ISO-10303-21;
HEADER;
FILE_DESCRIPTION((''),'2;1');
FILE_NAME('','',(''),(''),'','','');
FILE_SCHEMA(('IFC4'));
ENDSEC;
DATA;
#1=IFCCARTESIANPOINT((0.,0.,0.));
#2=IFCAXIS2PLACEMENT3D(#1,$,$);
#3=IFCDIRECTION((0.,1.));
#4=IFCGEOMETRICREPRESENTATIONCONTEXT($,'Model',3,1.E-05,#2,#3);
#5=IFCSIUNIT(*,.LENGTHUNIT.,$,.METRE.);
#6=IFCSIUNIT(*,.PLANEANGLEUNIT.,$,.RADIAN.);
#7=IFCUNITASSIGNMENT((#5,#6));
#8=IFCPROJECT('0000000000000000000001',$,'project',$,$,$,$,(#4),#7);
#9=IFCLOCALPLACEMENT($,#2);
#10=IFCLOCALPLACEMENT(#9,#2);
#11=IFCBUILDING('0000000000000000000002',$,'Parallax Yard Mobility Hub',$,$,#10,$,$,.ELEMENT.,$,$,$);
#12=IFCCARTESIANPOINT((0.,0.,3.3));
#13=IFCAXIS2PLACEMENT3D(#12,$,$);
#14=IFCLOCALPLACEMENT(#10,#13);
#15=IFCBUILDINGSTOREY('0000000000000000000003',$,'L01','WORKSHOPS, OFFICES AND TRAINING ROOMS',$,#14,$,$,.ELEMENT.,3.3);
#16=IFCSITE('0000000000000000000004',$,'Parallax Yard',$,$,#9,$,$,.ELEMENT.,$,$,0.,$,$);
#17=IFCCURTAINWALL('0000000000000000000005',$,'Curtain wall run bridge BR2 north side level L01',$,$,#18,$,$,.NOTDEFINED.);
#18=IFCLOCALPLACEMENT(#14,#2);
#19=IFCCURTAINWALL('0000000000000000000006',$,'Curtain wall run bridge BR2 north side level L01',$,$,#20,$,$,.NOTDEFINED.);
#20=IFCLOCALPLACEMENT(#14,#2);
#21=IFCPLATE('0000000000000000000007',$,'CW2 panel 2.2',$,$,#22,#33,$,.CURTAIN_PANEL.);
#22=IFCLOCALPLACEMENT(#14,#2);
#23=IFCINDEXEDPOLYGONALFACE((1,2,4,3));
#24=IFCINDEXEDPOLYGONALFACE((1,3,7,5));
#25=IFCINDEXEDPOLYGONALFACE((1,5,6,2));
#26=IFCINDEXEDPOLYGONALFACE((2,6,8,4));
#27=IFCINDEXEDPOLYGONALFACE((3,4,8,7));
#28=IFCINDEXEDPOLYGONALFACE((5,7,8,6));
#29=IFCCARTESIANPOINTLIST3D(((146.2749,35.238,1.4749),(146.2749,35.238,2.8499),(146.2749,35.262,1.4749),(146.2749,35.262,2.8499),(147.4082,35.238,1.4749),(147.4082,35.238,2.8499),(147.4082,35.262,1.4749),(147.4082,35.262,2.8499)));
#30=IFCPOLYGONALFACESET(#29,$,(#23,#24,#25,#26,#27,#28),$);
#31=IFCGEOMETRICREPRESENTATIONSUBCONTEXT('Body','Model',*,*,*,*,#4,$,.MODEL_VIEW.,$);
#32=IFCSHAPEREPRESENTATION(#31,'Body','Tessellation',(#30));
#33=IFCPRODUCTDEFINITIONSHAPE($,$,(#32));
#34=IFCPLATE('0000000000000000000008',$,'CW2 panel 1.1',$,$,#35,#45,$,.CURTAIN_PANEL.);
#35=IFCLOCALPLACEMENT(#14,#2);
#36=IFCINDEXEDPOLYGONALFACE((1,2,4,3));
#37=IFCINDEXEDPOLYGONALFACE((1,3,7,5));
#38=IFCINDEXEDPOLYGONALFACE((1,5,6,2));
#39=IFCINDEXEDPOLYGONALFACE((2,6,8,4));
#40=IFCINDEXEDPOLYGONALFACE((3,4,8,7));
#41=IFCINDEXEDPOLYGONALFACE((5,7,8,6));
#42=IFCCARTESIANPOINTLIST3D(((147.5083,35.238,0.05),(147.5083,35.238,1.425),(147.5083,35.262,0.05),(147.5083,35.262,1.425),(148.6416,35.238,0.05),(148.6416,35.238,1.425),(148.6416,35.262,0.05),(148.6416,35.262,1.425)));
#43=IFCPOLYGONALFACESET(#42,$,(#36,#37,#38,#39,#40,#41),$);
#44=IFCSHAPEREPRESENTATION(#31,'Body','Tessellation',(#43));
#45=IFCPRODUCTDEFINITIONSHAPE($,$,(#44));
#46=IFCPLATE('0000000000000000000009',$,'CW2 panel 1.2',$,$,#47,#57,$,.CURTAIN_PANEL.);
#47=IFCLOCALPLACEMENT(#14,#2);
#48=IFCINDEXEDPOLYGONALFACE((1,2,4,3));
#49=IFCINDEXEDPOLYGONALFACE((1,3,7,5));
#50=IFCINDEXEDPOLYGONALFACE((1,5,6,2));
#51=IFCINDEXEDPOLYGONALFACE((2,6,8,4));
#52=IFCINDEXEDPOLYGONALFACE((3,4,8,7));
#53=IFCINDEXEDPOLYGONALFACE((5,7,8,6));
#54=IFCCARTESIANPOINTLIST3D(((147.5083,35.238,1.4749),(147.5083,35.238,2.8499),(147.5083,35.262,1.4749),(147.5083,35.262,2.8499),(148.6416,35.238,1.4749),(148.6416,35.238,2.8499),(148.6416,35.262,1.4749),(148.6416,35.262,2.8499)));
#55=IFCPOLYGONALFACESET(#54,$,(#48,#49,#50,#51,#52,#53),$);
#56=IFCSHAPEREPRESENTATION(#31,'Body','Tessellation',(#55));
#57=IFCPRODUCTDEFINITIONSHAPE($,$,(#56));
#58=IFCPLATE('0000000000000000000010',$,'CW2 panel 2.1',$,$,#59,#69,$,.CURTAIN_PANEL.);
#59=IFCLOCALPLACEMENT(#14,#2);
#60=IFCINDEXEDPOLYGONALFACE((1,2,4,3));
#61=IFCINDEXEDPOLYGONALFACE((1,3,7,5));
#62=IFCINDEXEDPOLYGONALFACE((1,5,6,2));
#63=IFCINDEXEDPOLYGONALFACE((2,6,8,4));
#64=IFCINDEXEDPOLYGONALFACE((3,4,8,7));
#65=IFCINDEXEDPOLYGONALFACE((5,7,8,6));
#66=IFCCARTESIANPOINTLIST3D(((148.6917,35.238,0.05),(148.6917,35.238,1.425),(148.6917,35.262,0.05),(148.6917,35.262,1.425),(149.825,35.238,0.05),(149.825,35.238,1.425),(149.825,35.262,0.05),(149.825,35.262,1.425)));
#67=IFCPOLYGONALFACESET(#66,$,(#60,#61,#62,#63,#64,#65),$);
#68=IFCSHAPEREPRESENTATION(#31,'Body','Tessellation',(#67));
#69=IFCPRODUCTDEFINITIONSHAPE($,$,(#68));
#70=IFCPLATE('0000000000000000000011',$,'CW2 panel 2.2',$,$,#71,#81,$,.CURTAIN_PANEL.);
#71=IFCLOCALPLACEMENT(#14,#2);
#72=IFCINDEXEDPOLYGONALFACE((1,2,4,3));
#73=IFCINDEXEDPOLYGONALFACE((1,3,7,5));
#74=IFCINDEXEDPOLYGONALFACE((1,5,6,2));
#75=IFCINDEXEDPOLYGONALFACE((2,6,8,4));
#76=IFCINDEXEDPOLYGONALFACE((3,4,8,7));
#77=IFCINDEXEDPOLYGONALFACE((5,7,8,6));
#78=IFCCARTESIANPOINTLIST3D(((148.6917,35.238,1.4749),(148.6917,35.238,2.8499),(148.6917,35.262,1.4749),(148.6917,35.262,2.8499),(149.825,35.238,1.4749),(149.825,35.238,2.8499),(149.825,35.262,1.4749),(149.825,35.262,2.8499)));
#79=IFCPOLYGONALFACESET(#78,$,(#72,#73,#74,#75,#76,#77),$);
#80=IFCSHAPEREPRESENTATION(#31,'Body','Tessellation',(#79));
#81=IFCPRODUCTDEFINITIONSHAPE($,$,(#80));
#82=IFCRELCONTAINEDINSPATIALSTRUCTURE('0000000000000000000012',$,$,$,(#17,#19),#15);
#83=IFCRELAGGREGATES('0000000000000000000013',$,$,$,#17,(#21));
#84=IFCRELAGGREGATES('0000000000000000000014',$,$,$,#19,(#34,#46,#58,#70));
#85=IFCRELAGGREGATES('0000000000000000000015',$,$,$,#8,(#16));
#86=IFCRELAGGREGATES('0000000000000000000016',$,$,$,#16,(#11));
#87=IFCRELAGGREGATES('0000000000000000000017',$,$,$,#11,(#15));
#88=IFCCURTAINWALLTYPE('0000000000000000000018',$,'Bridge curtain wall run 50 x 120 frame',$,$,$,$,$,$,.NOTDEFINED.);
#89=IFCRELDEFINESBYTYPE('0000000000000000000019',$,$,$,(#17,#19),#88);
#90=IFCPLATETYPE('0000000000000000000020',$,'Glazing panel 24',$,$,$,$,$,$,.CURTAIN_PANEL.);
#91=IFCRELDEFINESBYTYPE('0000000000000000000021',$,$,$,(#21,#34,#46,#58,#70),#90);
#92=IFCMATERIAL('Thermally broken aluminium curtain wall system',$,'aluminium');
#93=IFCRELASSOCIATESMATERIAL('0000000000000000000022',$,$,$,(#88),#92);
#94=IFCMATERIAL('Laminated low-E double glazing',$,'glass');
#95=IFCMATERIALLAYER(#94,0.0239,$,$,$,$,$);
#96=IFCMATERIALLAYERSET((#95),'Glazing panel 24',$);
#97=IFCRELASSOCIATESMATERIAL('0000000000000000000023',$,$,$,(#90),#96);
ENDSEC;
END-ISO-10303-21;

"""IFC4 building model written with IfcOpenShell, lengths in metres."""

from ifc_helpers import new_model, si_unit, direction, frame, origin, origin_2d, place, context, subcontext, project, spatial, rectangle, extrude, material, layer, layer_set, type_object, element, aggregate, save


model = new_model("IFC4")

# Units and contexts
model_context = context("Model", 3, precision=1e-05, world=origin(), true_north=direction((0.0, 1.0)))
body_context = subcontext(model_context, "Body", "Model", "MODEL_VIEW")
ifc_project = project(units=[si_unit("LENGTHUNIT", "METRE"), si_unit("PLANEANGLEUNIT", "RADIAN")], contexts=[model_context])

# Site, building, storey
site_placement = place(None, origin())
site = spatial("IfcSite", under=ifc_project, at=site_placement, Name="Parallax Yard", CompositionType="ELEMENT", RefElevation=0.0)
building_placement = place(site_placement, origin())
building = spatial("IfcBuilding", under=site, at=building_placement, Name="Parallax Yard Mobility Hub", CompositionType="ELEMENT")
storey_placement = place(building_placement, frame((0.0, 0.0, 3.3)))
storey = spatial("IfcBuildingStorey", under=building, at=storey_placement, Name="L01", Description="WORKSHOPS, OFFICES AND TRAINING ROOMS", CompositionType="ELEMENT", Elevation=3.3)

# Shared definitions
ifc_material_1 = material(Name="Thermally broken aluminium curtain wall system", Category="aluminium")
curtain_wall_type = type_object("IfcCurtainWallType", Name="Bridge curtain wall run 50 x 120 frame", PredefinedType="NOTDEFINED", material=ifc_material_1)

# Curtain wall
curtain_wall_1_placement = place(storey_placement, origin())
curtain_wall_1 = element("IfcCurtainWall", 1, at=curtain_wall_1_placement, inside=storey, type_object=curtain_wall_type, Name="Curtain wall run bridge BR2 north side level L01", PredefinedType="NOTDEFINED")

# Curtain wall
curtain_wall_2_placement = place(storey_placement, origin())
curtain_wall_2 = element("IfcCurtainWall", 2, at=curtain_wall_2_placement, inside=storey, type_object=curtain_wall_type, Name="Curtain wall run bridge BR2 north side level L01", PredefinedType="NOTDEFINED")

# Plates
ifc_material_2 = material(Name="Laminated low-E double glazing", Category="glass")
ifc_layer = layer(ifc_material_2, 0.0239)
ifc_layer_set = layer_set([ifc_layer], Name="Glazing panel 24")
plate_type = type_object("IfcPlateType", Name="Glazing panel 24", PredefinedType="CURTAIN_PANEL", material=ifc_layer_set)
plate_1_placement = place(storey_placement, frame((146.8416, 35.25, 1.4749), z_axis=(0.0, 0.0, 1.0), x_axis=(1.0, 0.0, 0.0)))
plate_1 = element("IfcPlate", 3, at=plate_1_placement, type_object=plate_type, Name="CW2 panel 2.2", PredefinedType="CURTAIN_PANEL", context=body_context, shape_type="SweptSolid", body=[
    extrude(rectangle(XDim=1.1333, YDim=0.0239, at=origin_2d()), origin(), (0.0, 0.0, 1.0), 1.375),
])
aggregate(curtain_wall_1, [plate_1])
plate_2_placement = place(storey_placement, frame((148.075, 35.25, 0.05), z_axis=(0.0, 0.0, 1.0), x_axis=(1.0, 0.0, 0.0)))
plate_2 = element("IfcPlate", 4, at=plate_2_placement, type_object=plate_type, Name="CW2 panel 1.1", PredefinedType="CURTAIN_PANEL", context=body_context, shape_type="SweptSolid", body=[
    extrude(rectangle(XDim=1.1333, YDim=0.0239, at=origin_2d()), origin(), (0.0, 0.0, 1.0), 1.375),
])
plate_3_placement = place(storey_placement, frame((148.075, 35.25, 1.4749), z_axis=(0.0, 0.0, 1.0), x_axis=(1.0, 0.0, 0.0)))
plate_3 = element("IfcPlate", 5, at=plate_3_placement, type_object=plate_type, Name="CW2 panel 1.2", PredefinedType="CURTAIN_PANEL", context=body_context, shape_type="SweptSolid", body=[
    extrude(rectangle(XDim=1.1333, YDim=0.0239, at=origin_2d()), origin(), (0.0, 0.0, 1.0), 1.375),
])
plate_4_placement = place(storey_placement, frame((149.2583, 35.25, 0.05), z_axis=(0.0, 0.0, 1.0), x_axis=(1.0, 0.0, 0.0)))
plate_4 = element("IfcPlate", 6, at=plate_4_placement, type_object=plate_type, Name="CW2 panel 2.1", PredefinedType="CURTAIN_PANEL", context=body_context, shape_type="SweptSolid", body=[
    extrude(rectangle(XDim=1.1333, YDim=0.0239, at=origin_2d()), origin(), (0.0, 0.0, 1.0), 1.375),
])
plate_5_placement = place(storey_placement, frame((149.2583, 35.25, 1.4749), z_axis=(0.0, 0.0, 1.0), x_axis=(1.0, 0.0, 0.0)))
plate_5 = element("IfcPlate", 7, at=plate_5_placement, type_object=plate_type, Name="CW2 panel 2.2", PredefinedType="CURTAIN_PANEL", context=body_context, shape_type="SweptSolid", body=[
    extrude(rectangle(XDim=1.1333, YDim=0.0239, at=origin_2d()), origin(), (0.0, 0.0, 1.0), 1.375),
])
aggregate(curtain_wall_2, [plate_2, plate_3, plate_4, plate_5])

save(model, "model.ifc")
